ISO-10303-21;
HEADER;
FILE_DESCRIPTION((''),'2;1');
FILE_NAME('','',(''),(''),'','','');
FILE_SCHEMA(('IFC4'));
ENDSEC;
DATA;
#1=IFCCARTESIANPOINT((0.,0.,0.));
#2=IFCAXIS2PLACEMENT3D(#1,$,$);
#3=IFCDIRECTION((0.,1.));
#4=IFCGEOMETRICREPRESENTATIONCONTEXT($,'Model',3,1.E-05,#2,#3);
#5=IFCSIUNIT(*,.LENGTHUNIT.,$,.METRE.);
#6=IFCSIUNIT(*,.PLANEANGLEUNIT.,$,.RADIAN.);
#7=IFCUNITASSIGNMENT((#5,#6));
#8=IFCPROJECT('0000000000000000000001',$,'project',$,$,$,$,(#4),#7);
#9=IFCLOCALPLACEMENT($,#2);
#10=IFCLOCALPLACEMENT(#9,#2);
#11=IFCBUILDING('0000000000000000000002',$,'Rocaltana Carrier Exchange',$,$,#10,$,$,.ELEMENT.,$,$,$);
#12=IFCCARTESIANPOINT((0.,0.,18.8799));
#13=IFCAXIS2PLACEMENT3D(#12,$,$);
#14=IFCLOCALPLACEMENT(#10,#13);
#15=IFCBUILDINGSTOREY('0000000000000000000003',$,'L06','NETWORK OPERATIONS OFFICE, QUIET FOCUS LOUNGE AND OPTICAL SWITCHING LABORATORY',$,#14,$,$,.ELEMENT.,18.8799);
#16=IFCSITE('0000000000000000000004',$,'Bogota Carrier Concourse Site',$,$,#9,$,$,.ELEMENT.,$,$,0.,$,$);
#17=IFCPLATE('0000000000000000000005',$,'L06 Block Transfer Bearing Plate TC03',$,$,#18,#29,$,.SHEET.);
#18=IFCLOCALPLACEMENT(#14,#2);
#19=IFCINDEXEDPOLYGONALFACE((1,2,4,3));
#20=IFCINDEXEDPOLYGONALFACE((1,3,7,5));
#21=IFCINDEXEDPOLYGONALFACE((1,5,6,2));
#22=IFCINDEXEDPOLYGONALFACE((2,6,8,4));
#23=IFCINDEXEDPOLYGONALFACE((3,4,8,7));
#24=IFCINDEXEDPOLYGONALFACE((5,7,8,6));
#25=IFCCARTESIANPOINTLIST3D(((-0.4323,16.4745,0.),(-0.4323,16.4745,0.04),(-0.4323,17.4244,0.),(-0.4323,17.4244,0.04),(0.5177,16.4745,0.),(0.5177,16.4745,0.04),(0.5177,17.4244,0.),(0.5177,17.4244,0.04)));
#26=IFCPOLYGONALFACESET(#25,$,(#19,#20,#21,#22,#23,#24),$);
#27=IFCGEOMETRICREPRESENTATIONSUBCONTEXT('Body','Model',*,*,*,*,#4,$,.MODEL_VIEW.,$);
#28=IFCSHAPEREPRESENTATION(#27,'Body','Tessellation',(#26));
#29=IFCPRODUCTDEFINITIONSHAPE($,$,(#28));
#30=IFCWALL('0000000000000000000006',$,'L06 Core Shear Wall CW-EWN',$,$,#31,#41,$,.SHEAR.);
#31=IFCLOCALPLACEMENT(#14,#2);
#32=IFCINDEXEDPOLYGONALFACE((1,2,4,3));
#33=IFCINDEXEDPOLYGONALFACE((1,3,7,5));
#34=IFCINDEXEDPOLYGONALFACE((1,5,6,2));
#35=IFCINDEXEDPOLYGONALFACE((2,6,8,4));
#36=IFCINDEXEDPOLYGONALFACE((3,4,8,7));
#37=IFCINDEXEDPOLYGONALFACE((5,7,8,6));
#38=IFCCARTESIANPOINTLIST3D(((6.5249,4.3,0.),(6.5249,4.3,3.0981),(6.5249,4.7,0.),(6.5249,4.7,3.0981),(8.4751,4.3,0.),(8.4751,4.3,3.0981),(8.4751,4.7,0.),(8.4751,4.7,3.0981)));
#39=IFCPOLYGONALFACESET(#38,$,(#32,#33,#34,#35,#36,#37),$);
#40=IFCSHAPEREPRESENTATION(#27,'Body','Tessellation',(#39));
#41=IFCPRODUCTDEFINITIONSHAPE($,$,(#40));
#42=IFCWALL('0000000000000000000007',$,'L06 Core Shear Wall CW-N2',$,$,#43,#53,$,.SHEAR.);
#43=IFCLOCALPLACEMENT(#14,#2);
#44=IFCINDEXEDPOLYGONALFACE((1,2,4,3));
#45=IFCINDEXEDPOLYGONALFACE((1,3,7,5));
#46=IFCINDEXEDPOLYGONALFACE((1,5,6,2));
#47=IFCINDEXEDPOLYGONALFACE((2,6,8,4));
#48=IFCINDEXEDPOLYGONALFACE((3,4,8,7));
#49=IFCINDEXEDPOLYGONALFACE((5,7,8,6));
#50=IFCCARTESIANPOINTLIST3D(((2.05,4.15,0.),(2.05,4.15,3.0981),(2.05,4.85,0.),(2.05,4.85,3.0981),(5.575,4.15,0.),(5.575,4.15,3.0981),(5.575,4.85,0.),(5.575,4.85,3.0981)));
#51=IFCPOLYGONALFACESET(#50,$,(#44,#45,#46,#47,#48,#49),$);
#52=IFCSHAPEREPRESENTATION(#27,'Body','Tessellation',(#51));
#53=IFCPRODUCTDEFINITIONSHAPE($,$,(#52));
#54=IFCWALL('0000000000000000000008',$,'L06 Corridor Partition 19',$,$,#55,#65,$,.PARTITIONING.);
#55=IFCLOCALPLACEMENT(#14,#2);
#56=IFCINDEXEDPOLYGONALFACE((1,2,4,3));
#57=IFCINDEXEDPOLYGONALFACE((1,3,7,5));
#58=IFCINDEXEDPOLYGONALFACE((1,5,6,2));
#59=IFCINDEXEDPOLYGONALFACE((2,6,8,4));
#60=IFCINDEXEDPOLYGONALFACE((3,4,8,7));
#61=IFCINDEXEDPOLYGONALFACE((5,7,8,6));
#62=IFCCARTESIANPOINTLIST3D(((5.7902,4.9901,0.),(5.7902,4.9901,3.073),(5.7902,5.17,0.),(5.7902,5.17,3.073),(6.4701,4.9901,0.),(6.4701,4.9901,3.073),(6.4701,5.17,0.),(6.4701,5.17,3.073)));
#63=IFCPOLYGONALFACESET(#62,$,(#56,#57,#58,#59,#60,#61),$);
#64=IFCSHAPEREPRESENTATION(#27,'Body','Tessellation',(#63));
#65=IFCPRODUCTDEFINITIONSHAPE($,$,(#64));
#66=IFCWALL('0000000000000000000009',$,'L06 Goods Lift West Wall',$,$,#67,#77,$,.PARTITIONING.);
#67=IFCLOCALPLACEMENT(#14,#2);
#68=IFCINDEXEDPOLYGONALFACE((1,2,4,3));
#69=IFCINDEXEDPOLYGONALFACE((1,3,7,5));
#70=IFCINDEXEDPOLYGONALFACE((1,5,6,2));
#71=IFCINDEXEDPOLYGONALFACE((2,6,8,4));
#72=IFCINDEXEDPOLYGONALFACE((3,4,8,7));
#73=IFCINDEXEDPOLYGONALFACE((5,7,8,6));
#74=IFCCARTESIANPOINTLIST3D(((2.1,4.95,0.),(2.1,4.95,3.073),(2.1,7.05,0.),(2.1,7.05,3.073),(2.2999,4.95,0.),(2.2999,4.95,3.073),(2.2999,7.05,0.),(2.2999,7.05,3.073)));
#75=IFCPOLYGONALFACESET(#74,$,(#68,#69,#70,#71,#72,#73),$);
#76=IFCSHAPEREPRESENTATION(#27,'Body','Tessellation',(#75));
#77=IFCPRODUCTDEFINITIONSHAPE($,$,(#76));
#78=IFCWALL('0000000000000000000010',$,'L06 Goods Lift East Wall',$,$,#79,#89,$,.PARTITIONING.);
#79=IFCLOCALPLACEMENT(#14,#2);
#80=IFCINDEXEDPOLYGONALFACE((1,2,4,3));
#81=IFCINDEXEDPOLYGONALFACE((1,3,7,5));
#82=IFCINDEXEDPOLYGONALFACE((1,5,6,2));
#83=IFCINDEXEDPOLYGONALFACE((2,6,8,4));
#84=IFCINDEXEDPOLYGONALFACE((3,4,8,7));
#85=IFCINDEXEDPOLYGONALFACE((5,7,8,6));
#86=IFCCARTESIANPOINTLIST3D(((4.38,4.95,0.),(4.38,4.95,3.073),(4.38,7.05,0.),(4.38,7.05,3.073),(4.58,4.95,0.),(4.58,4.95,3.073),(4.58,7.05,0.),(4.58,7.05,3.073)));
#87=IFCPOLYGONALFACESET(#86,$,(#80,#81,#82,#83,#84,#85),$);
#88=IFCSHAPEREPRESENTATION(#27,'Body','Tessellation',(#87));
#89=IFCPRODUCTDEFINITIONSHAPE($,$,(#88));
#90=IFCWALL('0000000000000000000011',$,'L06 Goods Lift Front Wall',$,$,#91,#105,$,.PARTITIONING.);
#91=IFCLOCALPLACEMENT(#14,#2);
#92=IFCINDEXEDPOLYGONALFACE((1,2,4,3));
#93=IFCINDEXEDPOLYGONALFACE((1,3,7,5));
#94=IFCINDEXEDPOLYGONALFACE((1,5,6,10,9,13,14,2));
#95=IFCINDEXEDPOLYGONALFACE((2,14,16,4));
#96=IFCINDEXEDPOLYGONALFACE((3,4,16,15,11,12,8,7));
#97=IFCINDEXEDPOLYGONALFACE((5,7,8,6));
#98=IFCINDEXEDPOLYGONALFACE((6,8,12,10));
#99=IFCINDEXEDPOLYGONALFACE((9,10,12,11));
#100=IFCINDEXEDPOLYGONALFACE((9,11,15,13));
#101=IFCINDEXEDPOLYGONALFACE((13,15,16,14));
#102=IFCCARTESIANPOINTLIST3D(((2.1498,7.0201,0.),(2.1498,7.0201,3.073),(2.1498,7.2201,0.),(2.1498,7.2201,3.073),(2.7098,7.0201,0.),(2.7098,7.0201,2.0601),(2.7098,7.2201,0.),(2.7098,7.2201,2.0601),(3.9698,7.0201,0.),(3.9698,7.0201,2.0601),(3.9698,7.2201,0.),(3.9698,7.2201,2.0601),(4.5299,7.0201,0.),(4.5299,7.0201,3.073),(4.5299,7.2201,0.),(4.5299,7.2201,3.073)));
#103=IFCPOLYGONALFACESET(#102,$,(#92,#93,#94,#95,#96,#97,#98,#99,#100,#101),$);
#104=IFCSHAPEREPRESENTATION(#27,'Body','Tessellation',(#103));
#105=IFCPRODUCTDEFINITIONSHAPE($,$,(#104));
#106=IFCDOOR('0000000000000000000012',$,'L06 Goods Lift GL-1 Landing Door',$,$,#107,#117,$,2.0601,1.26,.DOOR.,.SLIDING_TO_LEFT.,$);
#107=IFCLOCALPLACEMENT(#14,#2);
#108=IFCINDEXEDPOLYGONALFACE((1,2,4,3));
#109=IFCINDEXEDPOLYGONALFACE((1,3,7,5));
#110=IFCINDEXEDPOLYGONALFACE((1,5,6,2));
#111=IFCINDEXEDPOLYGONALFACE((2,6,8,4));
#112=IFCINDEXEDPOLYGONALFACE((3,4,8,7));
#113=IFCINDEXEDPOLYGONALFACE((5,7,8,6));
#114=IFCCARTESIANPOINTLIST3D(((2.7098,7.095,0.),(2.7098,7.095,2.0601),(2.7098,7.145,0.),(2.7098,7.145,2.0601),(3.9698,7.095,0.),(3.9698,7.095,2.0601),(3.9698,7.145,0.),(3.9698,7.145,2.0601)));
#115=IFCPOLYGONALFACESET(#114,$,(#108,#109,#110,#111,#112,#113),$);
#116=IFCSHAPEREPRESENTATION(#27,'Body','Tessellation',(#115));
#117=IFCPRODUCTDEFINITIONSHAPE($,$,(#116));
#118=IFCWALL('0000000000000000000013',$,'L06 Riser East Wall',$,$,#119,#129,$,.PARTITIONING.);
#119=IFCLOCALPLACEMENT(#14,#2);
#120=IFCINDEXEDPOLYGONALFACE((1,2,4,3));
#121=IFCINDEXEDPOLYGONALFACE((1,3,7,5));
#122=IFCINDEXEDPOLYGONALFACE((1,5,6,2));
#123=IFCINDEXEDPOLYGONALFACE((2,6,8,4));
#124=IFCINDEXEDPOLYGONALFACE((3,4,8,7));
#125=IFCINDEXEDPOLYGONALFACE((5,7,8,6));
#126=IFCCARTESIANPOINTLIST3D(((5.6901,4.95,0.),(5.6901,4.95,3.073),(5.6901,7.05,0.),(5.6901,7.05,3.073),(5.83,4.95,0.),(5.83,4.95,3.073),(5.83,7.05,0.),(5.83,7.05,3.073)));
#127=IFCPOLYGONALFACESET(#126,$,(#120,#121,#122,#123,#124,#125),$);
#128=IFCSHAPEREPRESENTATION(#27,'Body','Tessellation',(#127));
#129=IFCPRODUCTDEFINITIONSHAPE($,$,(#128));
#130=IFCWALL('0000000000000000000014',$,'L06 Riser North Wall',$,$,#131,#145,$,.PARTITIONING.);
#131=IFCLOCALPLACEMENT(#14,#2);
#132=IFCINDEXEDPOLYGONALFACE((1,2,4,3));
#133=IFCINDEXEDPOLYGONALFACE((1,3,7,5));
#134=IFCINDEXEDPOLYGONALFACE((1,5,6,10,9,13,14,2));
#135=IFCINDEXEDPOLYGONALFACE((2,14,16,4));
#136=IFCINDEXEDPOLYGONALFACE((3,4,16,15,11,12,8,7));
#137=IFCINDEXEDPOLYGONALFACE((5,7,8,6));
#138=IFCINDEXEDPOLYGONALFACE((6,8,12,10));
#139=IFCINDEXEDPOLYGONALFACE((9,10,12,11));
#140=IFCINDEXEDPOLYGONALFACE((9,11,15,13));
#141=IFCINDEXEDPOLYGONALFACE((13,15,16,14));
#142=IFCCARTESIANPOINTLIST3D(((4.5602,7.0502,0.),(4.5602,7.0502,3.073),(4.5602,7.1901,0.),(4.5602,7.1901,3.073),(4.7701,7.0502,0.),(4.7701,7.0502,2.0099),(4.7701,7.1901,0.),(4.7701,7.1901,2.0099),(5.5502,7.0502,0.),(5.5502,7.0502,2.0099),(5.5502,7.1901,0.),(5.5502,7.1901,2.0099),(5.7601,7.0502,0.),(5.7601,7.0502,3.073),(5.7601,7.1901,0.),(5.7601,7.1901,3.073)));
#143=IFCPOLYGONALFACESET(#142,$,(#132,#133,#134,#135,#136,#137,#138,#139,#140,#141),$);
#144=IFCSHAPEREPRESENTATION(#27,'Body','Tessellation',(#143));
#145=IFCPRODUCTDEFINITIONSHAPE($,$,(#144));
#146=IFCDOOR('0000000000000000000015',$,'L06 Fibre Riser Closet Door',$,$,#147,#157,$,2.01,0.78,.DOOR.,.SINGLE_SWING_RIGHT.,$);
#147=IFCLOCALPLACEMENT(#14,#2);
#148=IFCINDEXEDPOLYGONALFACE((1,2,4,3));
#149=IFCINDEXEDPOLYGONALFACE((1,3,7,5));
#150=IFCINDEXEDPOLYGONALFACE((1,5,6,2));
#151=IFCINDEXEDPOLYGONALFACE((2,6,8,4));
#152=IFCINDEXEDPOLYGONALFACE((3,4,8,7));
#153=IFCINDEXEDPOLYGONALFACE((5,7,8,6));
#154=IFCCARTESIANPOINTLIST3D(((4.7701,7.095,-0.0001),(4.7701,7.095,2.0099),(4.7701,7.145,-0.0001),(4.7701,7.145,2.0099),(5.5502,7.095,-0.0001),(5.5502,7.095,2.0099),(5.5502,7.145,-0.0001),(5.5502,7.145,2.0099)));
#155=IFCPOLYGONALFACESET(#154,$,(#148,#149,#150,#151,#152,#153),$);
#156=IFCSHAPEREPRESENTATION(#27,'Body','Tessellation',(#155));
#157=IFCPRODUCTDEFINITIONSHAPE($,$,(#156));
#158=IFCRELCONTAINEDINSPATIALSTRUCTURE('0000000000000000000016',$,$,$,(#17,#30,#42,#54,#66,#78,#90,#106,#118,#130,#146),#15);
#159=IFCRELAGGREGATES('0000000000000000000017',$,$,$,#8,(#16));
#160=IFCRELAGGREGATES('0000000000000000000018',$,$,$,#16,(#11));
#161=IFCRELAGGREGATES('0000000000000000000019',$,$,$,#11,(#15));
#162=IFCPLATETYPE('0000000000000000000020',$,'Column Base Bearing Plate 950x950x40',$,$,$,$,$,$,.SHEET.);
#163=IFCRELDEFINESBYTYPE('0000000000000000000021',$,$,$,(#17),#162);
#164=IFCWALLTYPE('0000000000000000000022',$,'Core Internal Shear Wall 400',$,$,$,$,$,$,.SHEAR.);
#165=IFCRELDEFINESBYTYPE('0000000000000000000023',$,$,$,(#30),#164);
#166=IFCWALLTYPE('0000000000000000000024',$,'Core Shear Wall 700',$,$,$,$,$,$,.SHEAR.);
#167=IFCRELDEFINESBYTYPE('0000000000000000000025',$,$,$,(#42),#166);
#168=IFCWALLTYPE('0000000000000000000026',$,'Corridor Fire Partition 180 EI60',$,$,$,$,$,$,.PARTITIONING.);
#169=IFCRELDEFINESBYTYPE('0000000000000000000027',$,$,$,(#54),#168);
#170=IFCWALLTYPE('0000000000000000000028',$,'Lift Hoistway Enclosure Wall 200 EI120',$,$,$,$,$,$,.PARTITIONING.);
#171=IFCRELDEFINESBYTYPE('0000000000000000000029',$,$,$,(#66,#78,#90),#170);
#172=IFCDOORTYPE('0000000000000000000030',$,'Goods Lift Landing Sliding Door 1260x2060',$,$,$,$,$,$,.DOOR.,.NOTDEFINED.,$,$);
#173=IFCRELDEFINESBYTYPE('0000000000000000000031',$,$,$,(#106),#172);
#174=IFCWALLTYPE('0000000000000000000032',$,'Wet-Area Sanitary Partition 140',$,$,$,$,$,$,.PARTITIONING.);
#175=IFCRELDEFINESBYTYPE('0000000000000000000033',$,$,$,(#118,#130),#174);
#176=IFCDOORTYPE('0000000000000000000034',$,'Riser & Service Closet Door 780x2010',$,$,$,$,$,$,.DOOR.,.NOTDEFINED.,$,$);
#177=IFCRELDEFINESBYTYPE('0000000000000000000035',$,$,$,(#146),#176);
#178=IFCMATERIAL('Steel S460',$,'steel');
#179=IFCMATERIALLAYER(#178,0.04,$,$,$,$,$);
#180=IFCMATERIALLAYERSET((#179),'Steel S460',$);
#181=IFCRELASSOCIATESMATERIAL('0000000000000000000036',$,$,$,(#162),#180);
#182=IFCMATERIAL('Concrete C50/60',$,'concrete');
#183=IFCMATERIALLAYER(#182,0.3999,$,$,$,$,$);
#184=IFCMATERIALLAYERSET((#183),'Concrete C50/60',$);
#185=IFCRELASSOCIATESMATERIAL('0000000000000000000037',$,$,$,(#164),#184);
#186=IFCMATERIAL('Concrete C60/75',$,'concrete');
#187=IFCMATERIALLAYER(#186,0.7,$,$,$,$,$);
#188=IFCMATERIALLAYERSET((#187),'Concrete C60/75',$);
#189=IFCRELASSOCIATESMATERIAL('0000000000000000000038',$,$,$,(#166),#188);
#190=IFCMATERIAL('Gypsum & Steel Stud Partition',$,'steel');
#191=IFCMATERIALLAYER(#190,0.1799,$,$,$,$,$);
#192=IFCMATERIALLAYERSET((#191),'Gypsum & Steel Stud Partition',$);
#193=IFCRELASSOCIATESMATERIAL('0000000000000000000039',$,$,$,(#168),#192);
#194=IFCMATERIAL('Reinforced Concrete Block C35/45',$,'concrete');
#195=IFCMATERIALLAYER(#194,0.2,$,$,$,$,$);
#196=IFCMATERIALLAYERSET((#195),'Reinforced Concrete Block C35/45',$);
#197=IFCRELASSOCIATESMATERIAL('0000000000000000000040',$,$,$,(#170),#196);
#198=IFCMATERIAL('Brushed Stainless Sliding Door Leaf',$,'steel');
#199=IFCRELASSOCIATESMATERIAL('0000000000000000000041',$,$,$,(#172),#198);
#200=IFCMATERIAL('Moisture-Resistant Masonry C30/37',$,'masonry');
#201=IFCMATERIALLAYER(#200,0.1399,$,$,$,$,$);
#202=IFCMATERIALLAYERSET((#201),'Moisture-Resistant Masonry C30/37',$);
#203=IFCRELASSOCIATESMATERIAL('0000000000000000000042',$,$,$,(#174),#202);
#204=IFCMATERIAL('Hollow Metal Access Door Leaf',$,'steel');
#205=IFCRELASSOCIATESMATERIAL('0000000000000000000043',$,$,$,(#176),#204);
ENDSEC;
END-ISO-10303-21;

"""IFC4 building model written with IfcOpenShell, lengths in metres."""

from ifc_helpers import new_model, si_unit, direction, frame, frame_2d, origin, origin_2d, place, context, subcontext, project, spatial, rectangle, extrude, material, layer, layer_set, type_object, element, fill, save


model = new_model("IFC4")

# Units and contexts
model_context = context("Model", 3, precision=1e-05, world=origin(), true_north=direction((0.0, 1.0)))
body_context = subcontext(model_context, "Body", "Model", "MODEL_VIEW")
ifc_project = project(units=[si_unit("LENGTHUNIT", "METRE"), si_unit("PLANEANGLEUNIT", "RADIAN")], contexts=[model_context])

# Site, building, storey
site_placement = place(None, origin())
site = spatial("IfcSite", under=ifc_project, at=site_placement, Name="Bogota Carrier Concourse Site", CompositionType="ELEMENT", RefElevation=0.0)
building_placement = place(site_placement, origin())
building = spatial("IfcBuilding", under=site, at=building_placement, Name="Rocaltana Carrier Exchange", CompositionType="ELEMENT")
storey_placement = place(building_placement, frame((0.0, 0.0, 18.8799)))
storey = spatial("IfcBuildingStorey", under=building, at=storey_placement, Name="L06", Description="NETWORK OPERATIONS OFFICE, QUIET FOCUS LOUNGE AND OPTICAL SWITCHING LABORATORY", CompositionType="ELEMENT", Elevation=18.8799)

# Plate
ifc_material_1 = material(Name="Steel S460", Category="steel")
ifc_layer_1 = layer(ifc_material_1, 0.04)
ifc_layer_set_1 = layer_set([ifc_layer_1], Name="Steel S460")
plate_type = type_object("IfcPlateType", Name="Column Base Bearing Plate 950x950x40", PredefinedType="SHEET", material=ifc_layer_set_1)
plate_placement = place(storey_placement, frame((0.0427, 16.9495, 0.0), z_axis=(0.0, 0.0, 1.0), x_axis=(1.0, 0.0, 0.0)))
element("IfcPlate", 1, at=plate_placement, inside=storey, type_object=plate_type, Name="L06 Block Transfer Bearing Plate TC03", PredefinedType="SHEET", context=body_context, shape_type="SweptSolid", body=[
    extrude(rectangle(XDim=0.95, YDim=0.95, at=origin_2d()), origin(), (0.0, 0.0, 1.0), 0.04),
])

# Walls
ifc_material_2 = material(Name="Concrete C50/60", Category="concrete")
ifc_layer_2 = layer(ifc_material_2, 0.3999)
ifc_layer_set_2 = layer_set([ifc_layer_2], Name="Concrete C50/60")
wall_type_1 = type_object("IfcWallType", Name="Core Internal Shear Wall 400", PredefinedType="SHEAR", material=ifc_layer_set_2)
wall_1_placement = place(storey_placement, frame((6.5249, 4.5, 0.0), z_axis=(0.0, 0.0, 1.0), x_axis=(1.0, 0.0, 0.0)))
element("IfcWall", 2, at=wall_1_placement, inside=storey, type_object=wall_type_1, Name="L06 Core Shear Wall CW-EWN", PredefinedType="SHEAR", context=body_context, shape_type="SweptSolid", body=[
    extrude(rectangle(XDim=1.9502, YDim=0.3999, at=frame_2d((0.9751, 0.0))), origin(), (0.0, 0.0, 1.0), 3.0981),
])
ifc_material_3 = material(Name="Concrete C60/75", Category="concrete")
ifc_layer_3 = layer(ifc_material_3, 0.7)
ifc_layer_set_3 = layer_set([ifc_layer_3], Name="Concrete C60/75")
wall_type_2 = type_object("IfcWallType", Name="Core Shear Wall 700", PredefinedType="SHEAR", material=ifc_layer_set_3)
wall_2_placement = place(storey_placement, frame((2.05, 4.5, 0.0), z_axis=(0.0, 0.0, 1.0), x_axis=(1.0, 0.0, 0.0)))
element("IfcWall", 3, at=wall_2_placement, inside=storey, type_object=wall_type_2, Name="L06 Core Shear Wall CW-N2", PredefinedType="SHEAR", context=body_context, shape_type="SweptSolid", body=[
    extrude(rectangle(XDim=3.5249, YDim=0.7, at=frame_2d((1.7625, 0.0))), origin(), (0.0, 0.0, 1.0), 3.0981),
])
ifc_material_4 = material(Name="Gypsum & Steel Stud Partition", Category="steel")
ifc_layer_4 = layer(ifc_material_4, 0.1799)
ifc_layer_set_4 = layer_set([ifc_layer_4], Name="Gypsum & Steel Stud Partition")
wall_type_3 = type_object("IfcWallType", Name="Corridor Fire Partition 180 EI60", PredefinedType="PARTITIONING", material=ifc_layer_set_4)
wall_3_placement = place(storey_placement, frame((6.47, 5.0801, 0.0), z_axis=(0.0, 0.0, 1.0), x_axis=(-1.0, 0.0, 0.0)))
element("IfcWall", 4, at=wall_3_placement, inside=storey, type_object=wall_type_3, Name="L06 Corridor Partition 19", PredefinedType="PARTITIONING", context=body_context, shape_type="SweptSolid", body=[
    extrude(rectangle(XDim=0.6799, YDim=0.1799, at=frame_2d((0.3398, 0.0))), origin(), (0.0, 0.0, 1.0), 3.073),
])
ifc_material_5 = material(Name="Reinforced Concrete Block C35/45", Category="concrete")
ifc_layer_5 = layer(ifc_material_5, 0.2)
ifc_layer_set_5 = layer_set([ifc_layer_5], Name="Reinforced Concrete Block C35/45")
wall_type_4 = type_object("IfcWallType", Name="Lift Hoistway Enclosure Wall 200 EI120", PredefinedType="PARTITIONING", material=ifc_layer_set_5)
for number, where, z_axis, x_axis, name in (
    (5, (2.2, 4.95, 0.0), (0.0, 0.0, 1.0), (0.0, 1.0, 0.0), "L06 Goods Lift West Wall"),
    (6, (4.48, 4.95, 0.0), (0.0, 0.0, 1.0), (0.0, 1.0, 0.0), "L06 Goods Lift East Wall"),
):
    element("IfcWall", number, at=place(storey_placement, frame(where, z_axis=z_axis, x_axis=x_axis)), inside=storey, type_object=wall_type_4, Name=name, PredefinedType="PARTITIONING", context=body_context, shape_type="SweptSolid", body=[
        extrude(rectangle(XDim=2.1001, YDim=0.2, at=frame_2d((1.05, 0.0))), origin(), (0.0, 0.0, 1.0), 3.073),
    ])

# Wall, opening, door
wall_4_placement = place(storey_placement, frame((2.1499, 7.1201, 0.0), z_axis=(0.0, 0.0, 1.0), x_axis=(1.0, 0.0, 0.0)))
wall_4 = element("IfcWall", 7, at=wall_4_placement, inside=storey, type_object=wall_type_4, Name="L06 Goods Lift Front Wall", PredefinedType="PARTITIONING", context=body_context, shape_type="SweptSolid", body=[
    extrude(rectangle(XDim=2.3801, YDim=0.2, at=frame_2d((1.1899, 0.0))), origin(), (0.0, 0.0, 1.0), 3.073),
])
opening_1_placement = place(wall_4_placement, frame((0.5601, 0.0, 0.0)))
opening_1 = element("IfcOpeningElement", 8, at=opening_1_placement, cuts=wall_4, PredefinedType="OPENING", context=body_context, shape_type="SweptSolid", body=[
    extrude(rectangle(XDim=1.26, YDim=2.0601, at=frame_2d((0.6299, 1.03))), frame((0.0, 0.1099, 0.0), z_axis=(0.0, -1.0, 0.0), x_axis=(1.0, 0.0, 0.0)), (0.0, 0.0, 1.0), 0.22),
])
ifc_material_6 = material(Name="Brushed Stainless Sliding Door Leaf", Category="steel")
door_type_1 = type_object("IfcDoorType", Name="Goods Lift Landing Sliding Door 1260x2060", OperationType="NOTDEFINED", PredefinedType="DOOR", material=ifc_material_6)
door_1_placement = place(opening_1_placement, origin())
door_1 = element("IfcDoor", 9, at=door_1_placement, inside=storey, type_object=door_type_1, Name="L06 Goods Lift GL-1 Landing Door", OperationType="SLIDING_TO_LEFT", OverallHeight=2.0601, OverallWidth=1.26, PredefinedType="DOOR", context=body_context, shape_type="SweptSolid", body=[
    extrude(rectangle(XDim=1.26, YDim=2.0601, at=frame_2d((0.6299, 1.03))), frame((0.0, 0.0249, 0.0), z_axis=(0.0, -1.0, 0.0), x_axis=(1.0, 0.0, 0.0)), (0.0, 0.0, 1.0), 0.05),
])
fill(opening_1, door_1)

# Wall
ifc_material_7 = material(Name="Moisture-Resistant Masonry C30/37", Category="masonry")
ifc_layer_6 = layer(ifc_material_7, 0.1399)
ifc_layer_set_6 = layer_set([ifc_layer_6], Name="Moisture-Resistant Masonry C30/37")
wall_type_5 = type_object("IfcWallType", Name="Wet-Area Sanitary Partition 140", PredefinedType="PARTITIONING", material=ifc_layer_set_6)
wall_5_placement = place(storey_placement, frame((5.76, 4.95, 0.0), z_axis=(0.0, 0.0, 1.0), x_axis=(0.0, 1.0, 0.0)))
element("IfcWall", 10, at=wall_5_placement, inside=storey, type_object=wall_type_5, Name="L06 Riser East Wall", PredefinedType="PARTITIONING", context=body_context, shape_type="SweptSolid", body=[
    extrude(rectangle(XDim=2.1001, YDim=0.1399, at=frame_2d((1.05, 0.0))), origin(), (0.0, 0.0, 1.0), 3.073),
])

# Wall, opening, door
wall_6_placement = place(storey_placement, frame((4.5601, 7.1201, 0.0), z_axis=(0.0, 0.0, 1.0), x_axis=(1.0, 0.0, 0.0)))
wall_6 = element("IfcWall", 11, at=wall_6_placement, inside=storey, type_object=wall_type_5, Name="L06 Riser North Wall", PredefinedType="PARTITIONING", context=body_context, shape_type="SweptSolid", body=[
    extrude(rectangle(XDim=1.2, YDim=0.1399, at=frame_2d((0.6001, 0.0))), origin(), (0.0, 0.0, 1.0), 3.073),
])
opening_2_placement = place(wall_6_placement, frame((0.21, 0.0, 0.0)))
opening_2 = element("IfcOpeningElement", 12, at=opening_2_placement, cuts=wall_6, PredefinedType="OPENING", context=body_context, shape_type="SweptSolid", body=[
    extrude(rectangle(XDim=0.78, YDim=2.01, at=frame_2d((0.3901, 1.0049))), frame((0.0, 0.0798, 0.0), z_axis=(0.0, -1.0, 0.0), x_axis=(1.0, 0.0, 0.0)), (0.0, 0.0, 1.0), 0.1599),
])
ifc_material_8 = material(Name="Hollow Metal Access Door Leaf", Category="steel")
door_type_2 = type_object("IfcDoorType", Name="Riser & Service Closet Door 780x2010", OperationType="NOTDEFINED", PredefinedType="DOOR", material=ifc_material_8)
door_2_placement = place(opening_2_placement, origin())
door_2 = element("IfcDoor", 13, at=door_2_placement, inside=storey, type_object=door_type_2, Name="L06 Fibre Riser Closet Door", OperationType="SINGLE_SWING_RIGHT", OverallHeight=2.01, OverallWidth=0.78, PredefinedType="DOOR", context=body_context, shape_type="SweptSolid", body=[
    extrude(rectangle(XDim=0.78, YDim=2.01, at=frame_2d((0.3901, 1.0049))), frame((0.0, 0.0249, 0.0), z_axis=(0.0, -1.0, 0.0), x_axis=(1.0, 0.0, 0.0)), (0.0, 0.0, 1.0), 0.05),
])
fill(opening_2, door_2)

save(model, "model.ifc")
